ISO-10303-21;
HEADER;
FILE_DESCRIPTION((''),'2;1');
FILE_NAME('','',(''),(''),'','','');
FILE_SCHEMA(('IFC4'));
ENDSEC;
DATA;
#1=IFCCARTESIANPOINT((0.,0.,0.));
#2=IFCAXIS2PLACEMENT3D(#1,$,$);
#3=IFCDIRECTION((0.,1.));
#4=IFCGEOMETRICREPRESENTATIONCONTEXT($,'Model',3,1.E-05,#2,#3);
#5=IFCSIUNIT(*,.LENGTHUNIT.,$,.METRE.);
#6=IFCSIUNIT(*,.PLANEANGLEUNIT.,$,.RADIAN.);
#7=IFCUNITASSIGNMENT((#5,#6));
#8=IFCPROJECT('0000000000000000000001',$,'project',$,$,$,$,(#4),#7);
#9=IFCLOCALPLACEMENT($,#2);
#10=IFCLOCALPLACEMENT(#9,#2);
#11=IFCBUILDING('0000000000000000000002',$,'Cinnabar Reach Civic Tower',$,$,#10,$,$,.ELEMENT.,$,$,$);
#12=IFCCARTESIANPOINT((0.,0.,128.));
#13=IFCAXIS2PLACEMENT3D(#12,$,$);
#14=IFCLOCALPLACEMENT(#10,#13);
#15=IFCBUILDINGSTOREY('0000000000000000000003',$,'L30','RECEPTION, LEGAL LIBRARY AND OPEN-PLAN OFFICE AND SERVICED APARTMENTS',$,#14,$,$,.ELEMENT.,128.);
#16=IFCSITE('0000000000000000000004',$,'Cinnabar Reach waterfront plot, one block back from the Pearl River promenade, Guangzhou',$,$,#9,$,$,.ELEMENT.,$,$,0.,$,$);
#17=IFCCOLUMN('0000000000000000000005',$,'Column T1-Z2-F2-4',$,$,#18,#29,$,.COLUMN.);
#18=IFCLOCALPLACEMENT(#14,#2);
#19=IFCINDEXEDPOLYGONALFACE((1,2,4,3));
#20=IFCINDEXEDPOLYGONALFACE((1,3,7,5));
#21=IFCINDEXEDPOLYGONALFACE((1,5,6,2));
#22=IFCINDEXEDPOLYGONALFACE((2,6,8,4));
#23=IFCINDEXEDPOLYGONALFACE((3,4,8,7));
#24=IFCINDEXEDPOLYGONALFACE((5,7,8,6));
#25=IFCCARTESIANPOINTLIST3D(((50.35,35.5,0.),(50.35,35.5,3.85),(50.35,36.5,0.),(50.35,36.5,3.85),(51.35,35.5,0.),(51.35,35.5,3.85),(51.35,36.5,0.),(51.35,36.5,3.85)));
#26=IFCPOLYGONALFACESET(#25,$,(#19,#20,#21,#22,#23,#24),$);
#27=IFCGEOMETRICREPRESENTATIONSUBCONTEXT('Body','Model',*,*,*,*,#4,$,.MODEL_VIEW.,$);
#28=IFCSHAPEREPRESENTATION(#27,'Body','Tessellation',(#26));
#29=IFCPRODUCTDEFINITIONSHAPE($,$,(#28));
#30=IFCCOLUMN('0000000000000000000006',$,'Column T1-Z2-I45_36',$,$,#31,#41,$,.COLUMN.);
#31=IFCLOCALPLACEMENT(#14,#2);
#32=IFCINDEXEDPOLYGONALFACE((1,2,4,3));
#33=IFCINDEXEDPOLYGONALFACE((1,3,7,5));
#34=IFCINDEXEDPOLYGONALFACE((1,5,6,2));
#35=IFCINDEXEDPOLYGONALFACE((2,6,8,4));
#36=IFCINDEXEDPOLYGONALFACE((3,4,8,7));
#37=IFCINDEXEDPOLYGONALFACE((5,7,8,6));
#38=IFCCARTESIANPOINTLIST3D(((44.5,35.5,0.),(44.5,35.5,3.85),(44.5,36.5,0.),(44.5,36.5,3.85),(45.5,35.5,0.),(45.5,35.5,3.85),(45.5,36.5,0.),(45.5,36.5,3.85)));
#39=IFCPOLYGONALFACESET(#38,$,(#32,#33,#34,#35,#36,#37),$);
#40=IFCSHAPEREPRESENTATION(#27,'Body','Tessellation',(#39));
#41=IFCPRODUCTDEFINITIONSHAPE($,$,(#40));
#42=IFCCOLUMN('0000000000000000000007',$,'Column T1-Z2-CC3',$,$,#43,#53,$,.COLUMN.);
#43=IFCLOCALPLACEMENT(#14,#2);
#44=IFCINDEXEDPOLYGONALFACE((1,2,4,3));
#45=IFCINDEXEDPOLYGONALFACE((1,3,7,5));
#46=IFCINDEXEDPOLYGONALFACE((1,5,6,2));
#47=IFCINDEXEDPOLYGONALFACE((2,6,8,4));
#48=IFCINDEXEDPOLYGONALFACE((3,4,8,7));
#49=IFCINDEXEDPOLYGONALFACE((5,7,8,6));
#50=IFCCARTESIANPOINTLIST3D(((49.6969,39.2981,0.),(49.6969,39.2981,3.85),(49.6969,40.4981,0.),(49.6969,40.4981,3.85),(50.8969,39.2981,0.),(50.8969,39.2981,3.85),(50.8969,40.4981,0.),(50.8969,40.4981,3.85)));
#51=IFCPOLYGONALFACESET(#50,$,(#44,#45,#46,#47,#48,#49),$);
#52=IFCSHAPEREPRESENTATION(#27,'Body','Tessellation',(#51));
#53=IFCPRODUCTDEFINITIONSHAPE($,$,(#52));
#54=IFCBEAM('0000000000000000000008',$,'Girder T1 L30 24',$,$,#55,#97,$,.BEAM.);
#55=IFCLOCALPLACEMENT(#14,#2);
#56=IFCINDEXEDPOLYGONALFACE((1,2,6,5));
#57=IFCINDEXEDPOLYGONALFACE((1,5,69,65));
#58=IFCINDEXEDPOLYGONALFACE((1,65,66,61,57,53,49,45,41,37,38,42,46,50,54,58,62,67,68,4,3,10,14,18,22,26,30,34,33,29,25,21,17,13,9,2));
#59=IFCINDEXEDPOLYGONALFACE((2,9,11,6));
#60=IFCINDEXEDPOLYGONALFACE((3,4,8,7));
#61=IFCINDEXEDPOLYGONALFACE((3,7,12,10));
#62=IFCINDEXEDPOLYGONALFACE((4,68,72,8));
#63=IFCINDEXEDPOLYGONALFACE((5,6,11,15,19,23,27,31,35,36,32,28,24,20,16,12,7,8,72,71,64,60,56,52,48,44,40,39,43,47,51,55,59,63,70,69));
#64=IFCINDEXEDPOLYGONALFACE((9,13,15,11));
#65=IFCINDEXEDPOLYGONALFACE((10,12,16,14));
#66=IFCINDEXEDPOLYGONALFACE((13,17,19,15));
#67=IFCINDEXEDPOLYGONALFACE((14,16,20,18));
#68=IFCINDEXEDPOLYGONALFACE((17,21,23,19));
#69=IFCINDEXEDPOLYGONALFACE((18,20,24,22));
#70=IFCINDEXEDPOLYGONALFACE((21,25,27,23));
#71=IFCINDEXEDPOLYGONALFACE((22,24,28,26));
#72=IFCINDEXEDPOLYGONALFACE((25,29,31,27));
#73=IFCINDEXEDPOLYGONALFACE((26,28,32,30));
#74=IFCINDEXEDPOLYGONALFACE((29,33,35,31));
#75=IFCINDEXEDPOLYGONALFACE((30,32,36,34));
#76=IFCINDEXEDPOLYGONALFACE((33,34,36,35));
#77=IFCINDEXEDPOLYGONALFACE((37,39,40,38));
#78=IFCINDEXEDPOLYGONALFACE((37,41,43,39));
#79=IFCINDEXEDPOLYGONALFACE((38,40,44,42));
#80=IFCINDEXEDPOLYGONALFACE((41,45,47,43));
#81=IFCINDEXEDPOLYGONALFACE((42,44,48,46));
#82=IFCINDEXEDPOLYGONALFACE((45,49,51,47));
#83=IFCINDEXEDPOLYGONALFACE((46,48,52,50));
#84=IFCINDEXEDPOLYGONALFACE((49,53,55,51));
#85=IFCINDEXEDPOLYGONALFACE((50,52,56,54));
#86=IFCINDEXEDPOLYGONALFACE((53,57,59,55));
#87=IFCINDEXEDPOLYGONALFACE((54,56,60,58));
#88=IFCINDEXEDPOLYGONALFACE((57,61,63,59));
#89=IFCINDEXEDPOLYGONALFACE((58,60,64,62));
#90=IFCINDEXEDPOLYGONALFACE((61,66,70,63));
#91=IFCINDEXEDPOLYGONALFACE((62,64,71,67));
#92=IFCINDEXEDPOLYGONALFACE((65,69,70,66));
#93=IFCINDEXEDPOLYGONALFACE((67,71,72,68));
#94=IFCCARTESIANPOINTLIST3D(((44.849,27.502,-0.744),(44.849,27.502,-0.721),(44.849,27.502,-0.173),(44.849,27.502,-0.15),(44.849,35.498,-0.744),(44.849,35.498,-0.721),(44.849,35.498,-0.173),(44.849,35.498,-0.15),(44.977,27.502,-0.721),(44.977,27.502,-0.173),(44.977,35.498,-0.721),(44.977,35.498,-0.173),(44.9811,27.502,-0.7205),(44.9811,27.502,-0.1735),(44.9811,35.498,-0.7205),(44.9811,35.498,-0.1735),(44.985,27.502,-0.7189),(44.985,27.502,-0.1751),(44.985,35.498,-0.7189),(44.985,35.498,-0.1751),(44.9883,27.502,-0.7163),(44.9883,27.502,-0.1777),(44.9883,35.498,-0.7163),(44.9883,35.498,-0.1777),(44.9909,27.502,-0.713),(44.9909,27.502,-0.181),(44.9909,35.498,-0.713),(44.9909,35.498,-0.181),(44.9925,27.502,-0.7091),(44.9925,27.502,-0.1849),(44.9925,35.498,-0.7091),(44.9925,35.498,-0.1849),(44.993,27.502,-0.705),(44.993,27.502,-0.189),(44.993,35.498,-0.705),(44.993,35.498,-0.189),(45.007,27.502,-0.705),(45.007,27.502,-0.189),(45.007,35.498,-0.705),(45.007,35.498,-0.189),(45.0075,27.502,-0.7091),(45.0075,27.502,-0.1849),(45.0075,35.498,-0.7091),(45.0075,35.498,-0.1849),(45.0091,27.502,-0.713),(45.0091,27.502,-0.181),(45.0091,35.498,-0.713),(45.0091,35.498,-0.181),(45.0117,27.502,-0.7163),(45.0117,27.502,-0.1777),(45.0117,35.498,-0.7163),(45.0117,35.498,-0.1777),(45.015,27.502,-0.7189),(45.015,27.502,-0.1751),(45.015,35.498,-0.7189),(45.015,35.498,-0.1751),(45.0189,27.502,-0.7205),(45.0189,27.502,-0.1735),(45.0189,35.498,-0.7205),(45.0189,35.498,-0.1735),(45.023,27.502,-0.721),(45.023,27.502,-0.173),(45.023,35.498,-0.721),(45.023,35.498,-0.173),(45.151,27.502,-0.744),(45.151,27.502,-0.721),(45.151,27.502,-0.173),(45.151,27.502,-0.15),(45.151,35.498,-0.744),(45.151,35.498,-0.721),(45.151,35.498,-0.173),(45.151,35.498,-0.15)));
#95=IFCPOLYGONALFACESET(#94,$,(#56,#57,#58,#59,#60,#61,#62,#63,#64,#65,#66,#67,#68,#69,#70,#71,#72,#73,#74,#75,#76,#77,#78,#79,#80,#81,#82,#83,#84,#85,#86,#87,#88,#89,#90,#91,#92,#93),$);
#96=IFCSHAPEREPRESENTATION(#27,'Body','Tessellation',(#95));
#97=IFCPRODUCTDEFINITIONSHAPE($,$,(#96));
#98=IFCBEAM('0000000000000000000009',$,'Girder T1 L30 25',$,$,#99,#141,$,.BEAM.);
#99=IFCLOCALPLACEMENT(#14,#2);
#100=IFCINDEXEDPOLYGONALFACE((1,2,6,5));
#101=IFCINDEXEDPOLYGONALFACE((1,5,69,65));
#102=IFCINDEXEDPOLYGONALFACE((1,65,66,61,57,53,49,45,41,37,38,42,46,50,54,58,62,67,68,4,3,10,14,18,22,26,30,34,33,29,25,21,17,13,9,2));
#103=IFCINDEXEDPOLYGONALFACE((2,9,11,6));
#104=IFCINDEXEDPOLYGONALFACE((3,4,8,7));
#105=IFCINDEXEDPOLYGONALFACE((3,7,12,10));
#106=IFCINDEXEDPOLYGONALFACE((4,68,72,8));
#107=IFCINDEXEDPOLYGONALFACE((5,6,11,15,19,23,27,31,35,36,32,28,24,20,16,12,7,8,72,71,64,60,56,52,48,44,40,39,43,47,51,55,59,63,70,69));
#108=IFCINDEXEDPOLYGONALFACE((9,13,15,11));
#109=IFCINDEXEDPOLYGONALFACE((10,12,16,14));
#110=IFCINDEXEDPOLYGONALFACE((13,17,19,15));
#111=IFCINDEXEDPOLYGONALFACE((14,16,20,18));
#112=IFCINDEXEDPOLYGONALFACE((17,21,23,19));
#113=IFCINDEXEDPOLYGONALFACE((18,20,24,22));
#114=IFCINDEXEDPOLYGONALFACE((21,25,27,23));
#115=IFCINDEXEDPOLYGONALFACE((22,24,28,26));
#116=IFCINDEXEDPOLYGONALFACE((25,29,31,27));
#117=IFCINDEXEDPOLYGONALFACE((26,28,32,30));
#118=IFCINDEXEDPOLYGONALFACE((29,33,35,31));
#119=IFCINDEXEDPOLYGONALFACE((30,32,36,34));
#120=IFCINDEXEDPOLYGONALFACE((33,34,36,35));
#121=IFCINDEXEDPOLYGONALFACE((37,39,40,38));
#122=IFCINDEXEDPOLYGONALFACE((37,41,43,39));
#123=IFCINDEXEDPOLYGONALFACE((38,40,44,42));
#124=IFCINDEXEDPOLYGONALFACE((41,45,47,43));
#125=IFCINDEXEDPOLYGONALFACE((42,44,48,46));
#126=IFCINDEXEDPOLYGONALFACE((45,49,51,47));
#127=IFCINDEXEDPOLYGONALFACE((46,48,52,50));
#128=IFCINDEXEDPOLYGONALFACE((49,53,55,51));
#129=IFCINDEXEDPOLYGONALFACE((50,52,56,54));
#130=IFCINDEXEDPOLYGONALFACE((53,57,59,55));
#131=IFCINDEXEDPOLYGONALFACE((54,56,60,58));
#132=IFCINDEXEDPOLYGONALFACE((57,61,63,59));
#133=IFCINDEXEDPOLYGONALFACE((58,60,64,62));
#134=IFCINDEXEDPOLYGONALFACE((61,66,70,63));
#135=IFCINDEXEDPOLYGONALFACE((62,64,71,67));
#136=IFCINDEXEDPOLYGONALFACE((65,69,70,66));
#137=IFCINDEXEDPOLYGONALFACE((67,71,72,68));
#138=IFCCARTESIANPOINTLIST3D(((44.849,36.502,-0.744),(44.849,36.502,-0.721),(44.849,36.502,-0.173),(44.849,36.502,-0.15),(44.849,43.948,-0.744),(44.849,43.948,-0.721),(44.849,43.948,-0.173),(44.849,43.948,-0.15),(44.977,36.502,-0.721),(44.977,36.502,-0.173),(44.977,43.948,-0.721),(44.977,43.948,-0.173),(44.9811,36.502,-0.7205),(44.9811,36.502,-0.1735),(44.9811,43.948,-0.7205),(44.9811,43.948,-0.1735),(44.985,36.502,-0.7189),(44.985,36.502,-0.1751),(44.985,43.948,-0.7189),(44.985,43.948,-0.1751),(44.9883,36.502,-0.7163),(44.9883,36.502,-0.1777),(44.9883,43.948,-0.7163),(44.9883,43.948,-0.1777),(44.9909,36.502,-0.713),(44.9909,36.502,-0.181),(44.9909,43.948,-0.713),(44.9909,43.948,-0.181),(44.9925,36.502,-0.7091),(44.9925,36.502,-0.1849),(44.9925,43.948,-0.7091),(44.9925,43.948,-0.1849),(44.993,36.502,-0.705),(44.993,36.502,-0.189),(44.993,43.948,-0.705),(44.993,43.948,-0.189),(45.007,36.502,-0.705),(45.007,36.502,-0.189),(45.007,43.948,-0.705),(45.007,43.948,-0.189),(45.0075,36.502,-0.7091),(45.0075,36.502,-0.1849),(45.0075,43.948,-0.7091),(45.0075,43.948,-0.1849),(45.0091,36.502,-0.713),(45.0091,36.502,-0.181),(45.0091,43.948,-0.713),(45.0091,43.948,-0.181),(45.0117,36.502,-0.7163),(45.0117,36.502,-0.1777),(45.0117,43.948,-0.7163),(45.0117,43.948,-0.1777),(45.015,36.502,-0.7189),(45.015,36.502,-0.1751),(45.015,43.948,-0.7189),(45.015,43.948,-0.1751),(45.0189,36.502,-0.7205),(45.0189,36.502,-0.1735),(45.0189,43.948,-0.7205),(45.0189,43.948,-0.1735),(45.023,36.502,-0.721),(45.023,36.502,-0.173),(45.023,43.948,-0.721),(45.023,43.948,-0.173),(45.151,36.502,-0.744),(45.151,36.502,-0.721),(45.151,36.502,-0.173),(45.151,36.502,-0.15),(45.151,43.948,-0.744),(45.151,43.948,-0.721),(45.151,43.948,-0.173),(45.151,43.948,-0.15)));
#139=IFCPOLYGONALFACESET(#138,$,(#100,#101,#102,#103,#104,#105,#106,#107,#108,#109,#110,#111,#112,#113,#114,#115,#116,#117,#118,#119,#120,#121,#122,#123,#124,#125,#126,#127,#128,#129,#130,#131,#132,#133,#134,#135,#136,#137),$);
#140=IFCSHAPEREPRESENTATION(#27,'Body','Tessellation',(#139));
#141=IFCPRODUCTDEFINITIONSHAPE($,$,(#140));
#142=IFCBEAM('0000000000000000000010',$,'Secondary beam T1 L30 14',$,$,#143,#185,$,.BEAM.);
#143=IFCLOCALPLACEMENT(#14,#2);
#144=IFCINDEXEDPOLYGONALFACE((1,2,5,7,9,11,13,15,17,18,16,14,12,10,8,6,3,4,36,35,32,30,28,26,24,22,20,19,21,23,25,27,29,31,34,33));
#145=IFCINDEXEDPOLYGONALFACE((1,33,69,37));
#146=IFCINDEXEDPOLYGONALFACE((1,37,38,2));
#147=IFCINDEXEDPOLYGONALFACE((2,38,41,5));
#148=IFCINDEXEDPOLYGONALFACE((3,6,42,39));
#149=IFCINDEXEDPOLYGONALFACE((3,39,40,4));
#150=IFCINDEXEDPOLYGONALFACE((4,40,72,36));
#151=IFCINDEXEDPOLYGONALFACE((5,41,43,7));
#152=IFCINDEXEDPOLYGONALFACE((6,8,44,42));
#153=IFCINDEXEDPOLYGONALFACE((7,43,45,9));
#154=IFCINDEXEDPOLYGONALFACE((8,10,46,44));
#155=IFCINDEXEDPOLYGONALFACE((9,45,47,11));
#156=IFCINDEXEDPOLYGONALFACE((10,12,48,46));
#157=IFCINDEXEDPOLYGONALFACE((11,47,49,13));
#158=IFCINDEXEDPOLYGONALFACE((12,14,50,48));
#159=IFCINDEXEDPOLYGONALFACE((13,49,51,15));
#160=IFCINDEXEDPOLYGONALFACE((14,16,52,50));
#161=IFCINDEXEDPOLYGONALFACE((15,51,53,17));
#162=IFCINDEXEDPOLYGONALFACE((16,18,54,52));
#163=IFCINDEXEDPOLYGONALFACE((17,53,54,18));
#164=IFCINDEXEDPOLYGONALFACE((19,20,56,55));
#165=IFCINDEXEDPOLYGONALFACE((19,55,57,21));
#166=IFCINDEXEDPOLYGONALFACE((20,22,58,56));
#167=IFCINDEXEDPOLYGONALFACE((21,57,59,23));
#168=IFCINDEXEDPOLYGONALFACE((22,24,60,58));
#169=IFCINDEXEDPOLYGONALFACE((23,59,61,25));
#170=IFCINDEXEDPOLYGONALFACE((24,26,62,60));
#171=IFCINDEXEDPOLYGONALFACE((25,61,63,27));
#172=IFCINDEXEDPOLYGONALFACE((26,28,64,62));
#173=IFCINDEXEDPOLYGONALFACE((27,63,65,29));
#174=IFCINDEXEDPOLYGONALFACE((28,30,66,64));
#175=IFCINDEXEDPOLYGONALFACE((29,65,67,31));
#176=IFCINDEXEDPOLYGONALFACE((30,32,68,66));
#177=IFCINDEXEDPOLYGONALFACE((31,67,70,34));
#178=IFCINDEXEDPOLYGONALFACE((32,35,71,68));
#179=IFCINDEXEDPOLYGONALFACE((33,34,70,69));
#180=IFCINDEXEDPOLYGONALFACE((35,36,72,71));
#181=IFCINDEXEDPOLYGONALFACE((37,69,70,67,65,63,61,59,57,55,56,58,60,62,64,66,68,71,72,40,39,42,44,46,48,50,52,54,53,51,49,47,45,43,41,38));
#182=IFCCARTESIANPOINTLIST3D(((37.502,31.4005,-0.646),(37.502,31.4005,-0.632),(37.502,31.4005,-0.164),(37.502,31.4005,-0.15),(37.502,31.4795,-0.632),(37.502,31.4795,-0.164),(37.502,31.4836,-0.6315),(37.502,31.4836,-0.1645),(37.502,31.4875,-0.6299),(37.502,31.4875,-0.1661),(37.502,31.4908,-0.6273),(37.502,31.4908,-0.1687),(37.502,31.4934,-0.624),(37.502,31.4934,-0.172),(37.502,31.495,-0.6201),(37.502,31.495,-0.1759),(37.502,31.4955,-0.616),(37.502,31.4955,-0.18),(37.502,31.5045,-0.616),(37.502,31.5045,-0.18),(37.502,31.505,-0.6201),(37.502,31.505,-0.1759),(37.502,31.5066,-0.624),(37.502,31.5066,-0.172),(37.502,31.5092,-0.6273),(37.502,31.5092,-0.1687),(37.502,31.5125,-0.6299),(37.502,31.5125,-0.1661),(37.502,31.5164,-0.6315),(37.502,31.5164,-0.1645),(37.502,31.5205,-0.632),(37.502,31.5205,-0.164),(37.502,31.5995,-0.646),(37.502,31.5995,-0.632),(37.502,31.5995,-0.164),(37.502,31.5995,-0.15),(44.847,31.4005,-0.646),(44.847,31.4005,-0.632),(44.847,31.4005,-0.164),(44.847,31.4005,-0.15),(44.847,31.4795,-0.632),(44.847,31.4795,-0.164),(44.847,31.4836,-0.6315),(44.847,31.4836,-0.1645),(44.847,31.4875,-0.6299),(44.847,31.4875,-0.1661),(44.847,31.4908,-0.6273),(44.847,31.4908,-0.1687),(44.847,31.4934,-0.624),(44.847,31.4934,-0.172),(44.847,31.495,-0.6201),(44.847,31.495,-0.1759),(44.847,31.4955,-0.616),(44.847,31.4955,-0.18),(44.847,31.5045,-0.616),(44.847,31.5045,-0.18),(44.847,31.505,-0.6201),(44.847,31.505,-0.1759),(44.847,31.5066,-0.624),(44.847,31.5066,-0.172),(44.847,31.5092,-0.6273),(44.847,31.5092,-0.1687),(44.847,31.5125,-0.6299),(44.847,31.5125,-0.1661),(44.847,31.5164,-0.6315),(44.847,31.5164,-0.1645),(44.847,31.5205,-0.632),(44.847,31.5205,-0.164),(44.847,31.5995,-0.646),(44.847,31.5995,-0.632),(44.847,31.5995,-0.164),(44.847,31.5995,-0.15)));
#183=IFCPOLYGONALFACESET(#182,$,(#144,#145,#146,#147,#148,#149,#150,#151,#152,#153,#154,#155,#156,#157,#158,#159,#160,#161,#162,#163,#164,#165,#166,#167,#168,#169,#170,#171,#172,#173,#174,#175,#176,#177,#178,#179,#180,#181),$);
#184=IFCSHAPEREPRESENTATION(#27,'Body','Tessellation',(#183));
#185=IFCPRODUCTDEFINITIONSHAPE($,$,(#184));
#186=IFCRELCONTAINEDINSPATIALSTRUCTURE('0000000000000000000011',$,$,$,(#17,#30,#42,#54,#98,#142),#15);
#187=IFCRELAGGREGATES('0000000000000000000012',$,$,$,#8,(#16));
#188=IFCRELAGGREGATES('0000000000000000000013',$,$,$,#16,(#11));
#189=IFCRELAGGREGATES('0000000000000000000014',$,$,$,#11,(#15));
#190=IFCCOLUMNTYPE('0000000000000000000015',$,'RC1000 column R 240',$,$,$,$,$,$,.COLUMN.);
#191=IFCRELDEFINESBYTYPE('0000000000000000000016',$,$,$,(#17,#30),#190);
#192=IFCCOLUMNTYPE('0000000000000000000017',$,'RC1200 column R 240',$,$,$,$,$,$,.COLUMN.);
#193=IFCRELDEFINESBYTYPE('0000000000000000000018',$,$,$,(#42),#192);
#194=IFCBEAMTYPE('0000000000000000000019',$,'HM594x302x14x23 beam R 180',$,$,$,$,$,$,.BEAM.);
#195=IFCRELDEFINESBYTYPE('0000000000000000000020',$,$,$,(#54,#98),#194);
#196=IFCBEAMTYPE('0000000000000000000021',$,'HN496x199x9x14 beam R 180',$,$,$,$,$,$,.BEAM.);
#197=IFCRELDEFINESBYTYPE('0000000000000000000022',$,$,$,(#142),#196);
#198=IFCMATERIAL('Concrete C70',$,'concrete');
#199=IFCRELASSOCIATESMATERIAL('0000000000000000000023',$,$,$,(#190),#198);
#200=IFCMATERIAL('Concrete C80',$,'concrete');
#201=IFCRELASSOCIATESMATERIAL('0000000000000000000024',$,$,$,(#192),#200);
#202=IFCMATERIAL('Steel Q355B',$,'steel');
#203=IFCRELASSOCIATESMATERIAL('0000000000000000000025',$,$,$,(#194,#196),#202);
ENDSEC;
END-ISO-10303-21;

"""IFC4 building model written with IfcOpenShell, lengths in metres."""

from ifc_helpers import new_model, si_unit, direction, frame, origin, origin_2d, place, context, subcontext, project, spatial, rectangle, i_section, extrude, material, material_profile, profile_set, type_object, element, save


model = new_model("IFC4")

# Units and contexts
model_context = context("Model", 3, precision=1e-05, world=origin(), true_north=direction((0.0, 1.0)))
body_context = subcontext(model_context, "Body", "Model", "MODEL_VIEW")
ifc_project = project(units=[si_unit("LENGTHUNIT", "METRE"), si_unit("PLANEANGLEUNIT", "RADIAN")], contexts=[model_context])

# Site, building, storey
site_placement = place(None, origin())
site = spatial("IfcSite", under=ifc_project, at=site_placement, Name="Cinnabar Reach waterfront plot, one block back from the Pearl River promenade, Guangzhou", CompositionType="ELEMENT", RefElevation=0.0)
building_placement = place(site_placement, origin())
building = spatial("IfcBuilding", under=site, at=building_placement, Name="Cinnabar Reach Civic Tower", CompositionType="ELEMENT")
storey_placement = place(building_placement, frame((0.0, 0.0, 128.0)))
storey = spatial("IfcBuildingStorey", under=building, at=storey_placement, Name="L30", Description="RECEPTION, LEGAL LIBRARY AND OPEN-PLAN OFFICE AND SERVICED APARTMENTS", CompositionType="ELEMENT", Elevation=128.0)

# Columns
ifc_material_1 = material(Name="Concrete C70", Category="concrete")
ifc_material_profile_1 = material_profile(ifc_material_1, rectangle(XDim=1.0, YDim=1.0, at=origin_2d()), Name="RC1000")
ifc_profile_set_1 = profile_set([ifc_material_profile_1], Name="Concrete C70")
column_type_1 = type_object("IfcColumnType", Name="RC1000 column R 240", PredefinedType="COLUMN", material=ifc_profile_set_1)
for number, where, z_axis, x_axis, name in (
    (1, (50.85, 36.0, 0.0), (0.0, 0.0, 1.0), (1.0, 0.0, 0.0), "Column T1-Z2-F2-4"),
    (2, (45.0, 36.0, 0.0), (0.0, 0.0, 1.0), (1.0, 0.0, 0.0), "Column T1-Z2-I45_36"),
):
    element("IfcColumn", number, at=place(storey_placement, frame(where, z_axis=z_axis, x_axis=x_axis)), inside=storey, type_object=column_type_1, Name=name, PredefinedType="COLUMN", context=body_context, shape_type="SweptSolid", body=[
        extrude(rectangle(XDim=1.0, YDim=1.0, at=origin_2d()), origin(), (0.0, 0.0, 1.0), 3.85),
    ])
ifc_material_2 = material(Name="Concrete C80", Category="concrete")
ifc_material_profile_2 = material_profile(ifc_material_2, rectangle(XDim=1.2, YDim=1.2, at=origin_2d()), Name="RC1200")
ifc_profile_set_2 = profile_set([ifc_material_profile_2], Name="Concrete C80")
column_type_2 = type_object("IfcColumnType", Name="RC1200 column R 240", PredefinedType="COLUMN", material=ifc_profile_set_2)
column_placement = place(storey_placement, frame((50.2969, 39.8981, 0.0), z_axis=(0.0, 0.0, 1.0), x_axis=(1.0, 0.0, 0.0)))
element("IfcColumn", 3, at=column_placement, inside=storey, type_object=column_type_2, Name="Column T1-Z2-CC3", PredefinedType="COLUMN", context=body_context, shape_type="SweptSolid", body=[
    extrude(rectangle(XDim=1.2, YDim=1.2, at=origin_2d()), origin(), (0.0, 0.0, 1.0), 3.85),
])

# Beams
ifc_material_3 = material(Name="Steel Q355B", Category="steel")
ifc_material_profile_3 = material_profile(ifc_material_3, i_section(OverallWidth=0.302, OverallDepth=0.594, WebThickness=0.014, FlangeThickness=0.023, FilletRadius=0.016, at=origin_2d()), Name="HM594x302x14x23")
ifc_profile_set_3 = profile_set([ifc_material_profile_3], Name="Steel Q355B")
beam_type_1 = type_object("IfcBeamType", Name="HM594x302x14x23 beam R 180", PredefinedType="BEAM", material=ifc_profile_set_3)
beam_1_placement = place(storey_placement, frame((45.0, 27.502, -0.447), z_axis=(0.0, 1.0, 0.0), x_axis=(-1.0, 0.0, 0.0)))
element("IfcBeam", 4, at=beam_1_placement, inside=storey, type_object=beam_type_1, Name="Girder T1 L30 24", PredefinedType="BEAM", context=body_context, shape_type="SweptSolid", body=[
    extrude(i_section(OverallWidth=0.302, OverallDepth=0.594, WebThickness=0.014, FlangeThickness=0.023, FilletRadius=0.016, at=origin_2d()), origin(), (0.0, 0.0, 1.0), 7.996),
])
beam_2_placement = place(storey_placement, frame((45.0, 36.502, -0.447), z_axis=(0.0, 1.0, 0.0), x_axis=(-1.0, 0.0, 0.0)))
element("IfcBeam", 5, at=beam_2_placement, inside=storey, type_object=beam_type_1, Name="Girder T1 L30 25", PredefinedType="BEAM", context=body_context, shape_type="SweptSolid", body=[
    extrude(i_section(OverallWidth=0.302, OverallDepth=0.594, WebThickness=0.014, FlangeThickness=0.023, FilletRadius=0.016, at=origin_2d()), origin(), (0.0, 0.0, 1.0), 7.446),
])
ifc_material_profile_4 = material_profile(ifc_material_3, i_section(OverallWidth=0.199, OverallDepth=0.496, WebThickness=0.009, FlangeThickness=0.014, FilletRadius=0.016, at=origin_2d()), Name="HN496x199x9x14")
ifc_profile_set_4 = profile_set([ifc_material_profile_4], Name="Steel Q355B")
beam_type_2 = type_object("IfcBeamType", Name="HN496x199x9x14 beam R 180", PredefinedType="BEAM", material=ifc_profile_set_4)
beam_3_placement = place(storey_placement, frame((37.502, 31.5, -0.398), z_axis=(1.0, 0.0, 0.0), x_axis=(0.0, 1.0, 0.0)))
element("IfcBeam", 6, at=beam_3_placement, inside=storey, type_object=beam_type_2, Name="Secondary beam T1 L30 14", PredefinedType="BEAM", context=body_context, shape_type="SweptSolid", body=[
    extrude(i_section(OverallWidth=0.199, OverallDepth=0.496, WebThickness=0.009, FlangeThickness=0.014, FilletRadius=0.016, at=origin_2d()), origin(), (0.0, 0.0, 1.0), 7.345),
])

save(model, "model.ifc")
